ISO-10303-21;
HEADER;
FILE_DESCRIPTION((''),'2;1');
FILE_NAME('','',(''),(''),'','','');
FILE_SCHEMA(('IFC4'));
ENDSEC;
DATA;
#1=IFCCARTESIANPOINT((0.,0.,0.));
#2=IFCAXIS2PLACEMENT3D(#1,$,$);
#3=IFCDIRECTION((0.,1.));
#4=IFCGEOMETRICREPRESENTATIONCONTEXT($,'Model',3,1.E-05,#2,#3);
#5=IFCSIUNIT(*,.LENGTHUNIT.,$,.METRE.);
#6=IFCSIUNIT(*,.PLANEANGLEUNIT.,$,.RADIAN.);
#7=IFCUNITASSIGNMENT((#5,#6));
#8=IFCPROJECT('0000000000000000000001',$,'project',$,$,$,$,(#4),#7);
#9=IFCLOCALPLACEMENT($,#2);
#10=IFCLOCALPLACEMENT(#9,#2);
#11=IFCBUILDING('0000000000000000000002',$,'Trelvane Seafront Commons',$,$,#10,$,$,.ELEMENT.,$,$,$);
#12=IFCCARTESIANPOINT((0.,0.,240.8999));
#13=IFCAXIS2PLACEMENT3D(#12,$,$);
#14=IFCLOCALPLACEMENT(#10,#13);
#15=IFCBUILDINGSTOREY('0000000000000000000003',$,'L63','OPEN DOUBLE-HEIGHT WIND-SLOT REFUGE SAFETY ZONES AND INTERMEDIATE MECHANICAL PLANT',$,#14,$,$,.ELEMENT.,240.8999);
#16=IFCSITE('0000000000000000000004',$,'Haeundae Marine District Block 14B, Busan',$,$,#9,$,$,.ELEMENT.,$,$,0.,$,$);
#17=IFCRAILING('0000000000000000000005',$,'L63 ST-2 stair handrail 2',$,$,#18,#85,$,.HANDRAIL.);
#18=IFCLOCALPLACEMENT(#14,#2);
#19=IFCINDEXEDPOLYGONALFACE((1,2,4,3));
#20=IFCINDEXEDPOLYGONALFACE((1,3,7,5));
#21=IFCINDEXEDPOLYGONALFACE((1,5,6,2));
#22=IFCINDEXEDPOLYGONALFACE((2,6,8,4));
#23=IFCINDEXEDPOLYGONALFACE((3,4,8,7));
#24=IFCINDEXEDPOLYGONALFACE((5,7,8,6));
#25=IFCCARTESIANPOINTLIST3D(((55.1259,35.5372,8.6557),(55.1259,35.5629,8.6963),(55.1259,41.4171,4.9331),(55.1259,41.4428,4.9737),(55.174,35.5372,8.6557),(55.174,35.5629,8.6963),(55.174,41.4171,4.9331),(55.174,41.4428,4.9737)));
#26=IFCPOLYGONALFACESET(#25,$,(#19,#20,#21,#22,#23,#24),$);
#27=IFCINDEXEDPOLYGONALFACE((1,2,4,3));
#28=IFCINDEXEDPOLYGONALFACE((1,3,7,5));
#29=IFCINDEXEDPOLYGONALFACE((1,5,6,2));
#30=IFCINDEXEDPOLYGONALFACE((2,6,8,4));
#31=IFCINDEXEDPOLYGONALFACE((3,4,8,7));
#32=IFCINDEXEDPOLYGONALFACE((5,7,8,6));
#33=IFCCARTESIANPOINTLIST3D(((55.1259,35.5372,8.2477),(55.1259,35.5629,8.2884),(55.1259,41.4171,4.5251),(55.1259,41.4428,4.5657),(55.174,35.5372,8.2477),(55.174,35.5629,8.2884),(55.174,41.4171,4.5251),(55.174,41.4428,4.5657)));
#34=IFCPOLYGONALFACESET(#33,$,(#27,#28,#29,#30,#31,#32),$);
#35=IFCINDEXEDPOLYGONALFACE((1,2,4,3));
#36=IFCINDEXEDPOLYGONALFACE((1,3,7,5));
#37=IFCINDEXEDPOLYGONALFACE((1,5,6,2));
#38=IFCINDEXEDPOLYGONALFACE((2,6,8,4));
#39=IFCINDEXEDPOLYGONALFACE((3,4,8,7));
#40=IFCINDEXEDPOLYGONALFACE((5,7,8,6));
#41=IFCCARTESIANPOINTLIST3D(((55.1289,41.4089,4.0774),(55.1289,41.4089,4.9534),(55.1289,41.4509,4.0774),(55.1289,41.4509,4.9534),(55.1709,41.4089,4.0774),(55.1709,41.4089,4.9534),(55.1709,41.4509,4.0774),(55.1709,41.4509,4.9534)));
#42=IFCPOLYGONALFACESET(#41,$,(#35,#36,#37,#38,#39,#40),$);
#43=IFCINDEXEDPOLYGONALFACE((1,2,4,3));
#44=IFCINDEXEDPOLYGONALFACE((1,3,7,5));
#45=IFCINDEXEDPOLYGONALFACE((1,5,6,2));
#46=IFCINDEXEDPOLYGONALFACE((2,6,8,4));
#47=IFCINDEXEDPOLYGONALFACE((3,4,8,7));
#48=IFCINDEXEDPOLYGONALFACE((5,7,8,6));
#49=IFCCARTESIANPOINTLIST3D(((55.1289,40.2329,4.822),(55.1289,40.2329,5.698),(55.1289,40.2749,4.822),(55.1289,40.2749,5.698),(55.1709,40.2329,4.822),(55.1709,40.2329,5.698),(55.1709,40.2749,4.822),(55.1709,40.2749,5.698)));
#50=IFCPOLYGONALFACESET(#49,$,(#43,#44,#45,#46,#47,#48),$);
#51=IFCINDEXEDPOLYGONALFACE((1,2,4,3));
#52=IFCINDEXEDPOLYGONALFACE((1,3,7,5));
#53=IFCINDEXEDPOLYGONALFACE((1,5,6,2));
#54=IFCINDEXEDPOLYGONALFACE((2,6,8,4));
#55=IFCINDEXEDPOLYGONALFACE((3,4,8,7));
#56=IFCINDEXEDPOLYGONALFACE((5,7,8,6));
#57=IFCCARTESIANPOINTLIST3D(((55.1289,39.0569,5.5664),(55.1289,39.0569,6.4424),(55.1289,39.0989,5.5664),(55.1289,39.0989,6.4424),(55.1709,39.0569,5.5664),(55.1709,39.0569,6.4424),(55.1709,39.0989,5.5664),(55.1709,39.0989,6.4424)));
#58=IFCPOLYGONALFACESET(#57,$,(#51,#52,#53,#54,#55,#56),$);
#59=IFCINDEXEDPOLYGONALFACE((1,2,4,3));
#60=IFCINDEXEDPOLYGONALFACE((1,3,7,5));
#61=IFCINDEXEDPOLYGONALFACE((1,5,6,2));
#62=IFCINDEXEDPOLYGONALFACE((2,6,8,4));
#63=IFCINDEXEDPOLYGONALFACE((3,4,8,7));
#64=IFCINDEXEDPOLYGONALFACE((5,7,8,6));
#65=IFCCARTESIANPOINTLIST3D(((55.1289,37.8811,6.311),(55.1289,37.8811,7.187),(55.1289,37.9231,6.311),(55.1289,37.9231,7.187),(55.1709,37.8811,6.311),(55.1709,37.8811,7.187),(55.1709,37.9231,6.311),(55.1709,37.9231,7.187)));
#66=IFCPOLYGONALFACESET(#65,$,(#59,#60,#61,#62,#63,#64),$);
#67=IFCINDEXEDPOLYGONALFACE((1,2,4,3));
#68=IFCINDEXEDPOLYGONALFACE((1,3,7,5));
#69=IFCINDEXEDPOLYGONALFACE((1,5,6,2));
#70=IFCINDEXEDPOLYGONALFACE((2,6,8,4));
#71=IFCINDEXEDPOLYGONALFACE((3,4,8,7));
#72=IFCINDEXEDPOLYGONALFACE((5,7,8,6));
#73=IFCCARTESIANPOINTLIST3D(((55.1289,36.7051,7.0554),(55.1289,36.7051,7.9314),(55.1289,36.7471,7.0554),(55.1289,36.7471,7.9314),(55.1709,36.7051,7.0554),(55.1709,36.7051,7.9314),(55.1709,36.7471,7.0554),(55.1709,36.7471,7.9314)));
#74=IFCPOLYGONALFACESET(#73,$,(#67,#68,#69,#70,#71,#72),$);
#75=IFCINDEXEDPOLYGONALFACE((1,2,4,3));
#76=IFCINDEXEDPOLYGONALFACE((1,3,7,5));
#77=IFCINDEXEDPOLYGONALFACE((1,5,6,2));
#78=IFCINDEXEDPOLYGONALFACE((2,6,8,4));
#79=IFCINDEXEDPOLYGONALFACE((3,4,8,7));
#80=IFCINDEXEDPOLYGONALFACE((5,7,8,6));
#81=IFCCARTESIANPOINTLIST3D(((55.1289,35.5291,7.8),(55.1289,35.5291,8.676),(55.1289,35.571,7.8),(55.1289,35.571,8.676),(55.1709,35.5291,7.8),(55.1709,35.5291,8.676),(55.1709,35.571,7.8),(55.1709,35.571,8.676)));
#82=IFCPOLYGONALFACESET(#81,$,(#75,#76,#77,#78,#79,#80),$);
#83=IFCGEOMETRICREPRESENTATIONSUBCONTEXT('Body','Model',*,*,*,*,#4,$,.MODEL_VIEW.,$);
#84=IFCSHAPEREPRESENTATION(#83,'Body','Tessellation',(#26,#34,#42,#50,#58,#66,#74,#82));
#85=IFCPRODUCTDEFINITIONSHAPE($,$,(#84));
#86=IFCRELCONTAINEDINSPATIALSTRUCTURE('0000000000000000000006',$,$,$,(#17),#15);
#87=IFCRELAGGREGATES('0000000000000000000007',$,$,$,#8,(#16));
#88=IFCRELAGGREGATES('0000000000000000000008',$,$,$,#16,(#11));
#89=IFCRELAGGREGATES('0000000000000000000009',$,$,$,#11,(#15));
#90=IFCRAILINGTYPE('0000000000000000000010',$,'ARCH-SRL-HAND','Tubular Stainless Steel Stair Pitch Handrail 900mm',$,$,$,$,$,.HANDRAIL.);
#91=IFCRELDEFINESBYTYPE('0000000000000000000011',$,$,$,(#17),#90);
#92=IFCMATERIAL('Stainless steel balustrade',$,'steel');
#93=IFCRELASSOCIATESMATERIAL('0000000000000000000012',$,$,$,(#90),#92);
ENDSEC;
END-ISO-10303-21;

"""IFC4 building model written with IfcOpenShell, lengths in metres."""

from ifc_helpers import new_model, si_unit, direction, frame, origin, origin_2d, place, context, subcontext, project, spatial, rectangle, extrude, material, type_object, element, save


model = new_model("IFC4")

# Units and contexts
model_context = context("Model", 3, precision=1e-05, world=origin(), true_north=direction((0.0, 1.0)))
body_context = subcontext(model_context, "Body", "Model", "MODEL_VIEW")
ifc_project = project(units=[si_unit("LENGTHUNIT", "METRE"), si_unit("PLANEANGLEUNIT", "RADIAN")], contexts=[model_context])

# Site, building, storey
site_placement = place(None, origin())
site = spatial("IfcSite", under=ifc_project, at=site_placement, Name="Haeundae Marine District Block 14B, Busan", CompositionType="ELEMENT", RefElevation=0.0)
building_placement = place(site_placement, origin())
building = spatial("IfcBuilding", under=site, at=building_placement, Name="Trelvane Seafront Commons", CompositionType="ELEMENT")
storey_placement = place(building_placement, frame((0.0, 0.0, 240.8999)))
storey = spatial("IfcBuildingStorey", under=building, at=storey_placement, Name="L63", Description="OPEN DOUBLE-HEIGHT WIND-SLOT REFUGE SAFETY ZONES AND INTERMEDIATE MECHANICAL PLANT", CompositionType="ELEMENT", Elevation=240.8999)

# Railing
ifc_material_1 = material(Name="Stainless steel balustrade", Category="steel")
railing_type_1 = type_object("IfcRailingType", Name="ARCH-SRL-HAND", Description="Tubular Stainless Steel Stair Pitch Handrail 900mm", PredefinedType="HANDRAIL", material=ifc_material_1)
railing_1_placement = place(storey_placement, frame((55.1499, 41.4299, 4.0774)))
element("IfcRailing", 1, at=railing_1_placement, inside=storey, type_object=railing_type_1, Name="L63 ST-2 stair handrail 2", PredefinedType="HANDRAIL", context=body_context, shape_type="SweptSolid", body=[
    extrude(rectangle(XDim=0.0481, YDim=0.0481, at=origin_2d()), frame((0.0, 0.0, 0.876), z_axis=(0.0, -0.844902, 0.534922), x_axis=(1.0, 0.0, 0.0)), (0.0, 0.0, 1.0), 6.9592),
    extrude(rectangle(XDim=0.0481, YDim=0.0481, at=origin_2d()), frame((0.0, 0.0, 0.468), z_axis=(0.0, -0.844902, 0.534922), x_axis=(1.0, 0.0, 0.0)), (0.0, 0.0, 1.0), 6.9592),
    extrude(rectangle(XDim=0.042, YDim=0.042, at=origin_2d()), origin(), (0.0, 0.0, 1.0), 0.876),
    extrude(rectangle(XDim=0.042, YDim=0.042, at=origin_2d()), frame((0.0, -1.176, 0.7446)), (0.0, 0.0, 1.0), 0.876),
    extrude(rectangle(XDim=0.042, YDim=0.042, at=origin_2d()), frame((0.0, -2.3521, 1.489)), (0.0, 0.0, 1.0), 0.876),
    extrude(rectangle(XDim=0.042, YDim=0.042, at=origin_2d()), frame((0.0, -3.5278, 2.2336)), (0.0, 0.0, 1.0), 0.876),
    extrude(rectangle(XDim=0.042, YDim=0.042, at=origin_2d()), frame((0.0, -4.7039, 2.978)), (0.0, 0.0, 1.0), 0.876),
    extrude(rectangle(XDim=0.042, YDim=0.042, at=origin_2d()), frame((0.0, -5.8799, 3.7227)), (0.0, 0.0, 1.0), 0.876),
])

save(model, "model.ifc")
